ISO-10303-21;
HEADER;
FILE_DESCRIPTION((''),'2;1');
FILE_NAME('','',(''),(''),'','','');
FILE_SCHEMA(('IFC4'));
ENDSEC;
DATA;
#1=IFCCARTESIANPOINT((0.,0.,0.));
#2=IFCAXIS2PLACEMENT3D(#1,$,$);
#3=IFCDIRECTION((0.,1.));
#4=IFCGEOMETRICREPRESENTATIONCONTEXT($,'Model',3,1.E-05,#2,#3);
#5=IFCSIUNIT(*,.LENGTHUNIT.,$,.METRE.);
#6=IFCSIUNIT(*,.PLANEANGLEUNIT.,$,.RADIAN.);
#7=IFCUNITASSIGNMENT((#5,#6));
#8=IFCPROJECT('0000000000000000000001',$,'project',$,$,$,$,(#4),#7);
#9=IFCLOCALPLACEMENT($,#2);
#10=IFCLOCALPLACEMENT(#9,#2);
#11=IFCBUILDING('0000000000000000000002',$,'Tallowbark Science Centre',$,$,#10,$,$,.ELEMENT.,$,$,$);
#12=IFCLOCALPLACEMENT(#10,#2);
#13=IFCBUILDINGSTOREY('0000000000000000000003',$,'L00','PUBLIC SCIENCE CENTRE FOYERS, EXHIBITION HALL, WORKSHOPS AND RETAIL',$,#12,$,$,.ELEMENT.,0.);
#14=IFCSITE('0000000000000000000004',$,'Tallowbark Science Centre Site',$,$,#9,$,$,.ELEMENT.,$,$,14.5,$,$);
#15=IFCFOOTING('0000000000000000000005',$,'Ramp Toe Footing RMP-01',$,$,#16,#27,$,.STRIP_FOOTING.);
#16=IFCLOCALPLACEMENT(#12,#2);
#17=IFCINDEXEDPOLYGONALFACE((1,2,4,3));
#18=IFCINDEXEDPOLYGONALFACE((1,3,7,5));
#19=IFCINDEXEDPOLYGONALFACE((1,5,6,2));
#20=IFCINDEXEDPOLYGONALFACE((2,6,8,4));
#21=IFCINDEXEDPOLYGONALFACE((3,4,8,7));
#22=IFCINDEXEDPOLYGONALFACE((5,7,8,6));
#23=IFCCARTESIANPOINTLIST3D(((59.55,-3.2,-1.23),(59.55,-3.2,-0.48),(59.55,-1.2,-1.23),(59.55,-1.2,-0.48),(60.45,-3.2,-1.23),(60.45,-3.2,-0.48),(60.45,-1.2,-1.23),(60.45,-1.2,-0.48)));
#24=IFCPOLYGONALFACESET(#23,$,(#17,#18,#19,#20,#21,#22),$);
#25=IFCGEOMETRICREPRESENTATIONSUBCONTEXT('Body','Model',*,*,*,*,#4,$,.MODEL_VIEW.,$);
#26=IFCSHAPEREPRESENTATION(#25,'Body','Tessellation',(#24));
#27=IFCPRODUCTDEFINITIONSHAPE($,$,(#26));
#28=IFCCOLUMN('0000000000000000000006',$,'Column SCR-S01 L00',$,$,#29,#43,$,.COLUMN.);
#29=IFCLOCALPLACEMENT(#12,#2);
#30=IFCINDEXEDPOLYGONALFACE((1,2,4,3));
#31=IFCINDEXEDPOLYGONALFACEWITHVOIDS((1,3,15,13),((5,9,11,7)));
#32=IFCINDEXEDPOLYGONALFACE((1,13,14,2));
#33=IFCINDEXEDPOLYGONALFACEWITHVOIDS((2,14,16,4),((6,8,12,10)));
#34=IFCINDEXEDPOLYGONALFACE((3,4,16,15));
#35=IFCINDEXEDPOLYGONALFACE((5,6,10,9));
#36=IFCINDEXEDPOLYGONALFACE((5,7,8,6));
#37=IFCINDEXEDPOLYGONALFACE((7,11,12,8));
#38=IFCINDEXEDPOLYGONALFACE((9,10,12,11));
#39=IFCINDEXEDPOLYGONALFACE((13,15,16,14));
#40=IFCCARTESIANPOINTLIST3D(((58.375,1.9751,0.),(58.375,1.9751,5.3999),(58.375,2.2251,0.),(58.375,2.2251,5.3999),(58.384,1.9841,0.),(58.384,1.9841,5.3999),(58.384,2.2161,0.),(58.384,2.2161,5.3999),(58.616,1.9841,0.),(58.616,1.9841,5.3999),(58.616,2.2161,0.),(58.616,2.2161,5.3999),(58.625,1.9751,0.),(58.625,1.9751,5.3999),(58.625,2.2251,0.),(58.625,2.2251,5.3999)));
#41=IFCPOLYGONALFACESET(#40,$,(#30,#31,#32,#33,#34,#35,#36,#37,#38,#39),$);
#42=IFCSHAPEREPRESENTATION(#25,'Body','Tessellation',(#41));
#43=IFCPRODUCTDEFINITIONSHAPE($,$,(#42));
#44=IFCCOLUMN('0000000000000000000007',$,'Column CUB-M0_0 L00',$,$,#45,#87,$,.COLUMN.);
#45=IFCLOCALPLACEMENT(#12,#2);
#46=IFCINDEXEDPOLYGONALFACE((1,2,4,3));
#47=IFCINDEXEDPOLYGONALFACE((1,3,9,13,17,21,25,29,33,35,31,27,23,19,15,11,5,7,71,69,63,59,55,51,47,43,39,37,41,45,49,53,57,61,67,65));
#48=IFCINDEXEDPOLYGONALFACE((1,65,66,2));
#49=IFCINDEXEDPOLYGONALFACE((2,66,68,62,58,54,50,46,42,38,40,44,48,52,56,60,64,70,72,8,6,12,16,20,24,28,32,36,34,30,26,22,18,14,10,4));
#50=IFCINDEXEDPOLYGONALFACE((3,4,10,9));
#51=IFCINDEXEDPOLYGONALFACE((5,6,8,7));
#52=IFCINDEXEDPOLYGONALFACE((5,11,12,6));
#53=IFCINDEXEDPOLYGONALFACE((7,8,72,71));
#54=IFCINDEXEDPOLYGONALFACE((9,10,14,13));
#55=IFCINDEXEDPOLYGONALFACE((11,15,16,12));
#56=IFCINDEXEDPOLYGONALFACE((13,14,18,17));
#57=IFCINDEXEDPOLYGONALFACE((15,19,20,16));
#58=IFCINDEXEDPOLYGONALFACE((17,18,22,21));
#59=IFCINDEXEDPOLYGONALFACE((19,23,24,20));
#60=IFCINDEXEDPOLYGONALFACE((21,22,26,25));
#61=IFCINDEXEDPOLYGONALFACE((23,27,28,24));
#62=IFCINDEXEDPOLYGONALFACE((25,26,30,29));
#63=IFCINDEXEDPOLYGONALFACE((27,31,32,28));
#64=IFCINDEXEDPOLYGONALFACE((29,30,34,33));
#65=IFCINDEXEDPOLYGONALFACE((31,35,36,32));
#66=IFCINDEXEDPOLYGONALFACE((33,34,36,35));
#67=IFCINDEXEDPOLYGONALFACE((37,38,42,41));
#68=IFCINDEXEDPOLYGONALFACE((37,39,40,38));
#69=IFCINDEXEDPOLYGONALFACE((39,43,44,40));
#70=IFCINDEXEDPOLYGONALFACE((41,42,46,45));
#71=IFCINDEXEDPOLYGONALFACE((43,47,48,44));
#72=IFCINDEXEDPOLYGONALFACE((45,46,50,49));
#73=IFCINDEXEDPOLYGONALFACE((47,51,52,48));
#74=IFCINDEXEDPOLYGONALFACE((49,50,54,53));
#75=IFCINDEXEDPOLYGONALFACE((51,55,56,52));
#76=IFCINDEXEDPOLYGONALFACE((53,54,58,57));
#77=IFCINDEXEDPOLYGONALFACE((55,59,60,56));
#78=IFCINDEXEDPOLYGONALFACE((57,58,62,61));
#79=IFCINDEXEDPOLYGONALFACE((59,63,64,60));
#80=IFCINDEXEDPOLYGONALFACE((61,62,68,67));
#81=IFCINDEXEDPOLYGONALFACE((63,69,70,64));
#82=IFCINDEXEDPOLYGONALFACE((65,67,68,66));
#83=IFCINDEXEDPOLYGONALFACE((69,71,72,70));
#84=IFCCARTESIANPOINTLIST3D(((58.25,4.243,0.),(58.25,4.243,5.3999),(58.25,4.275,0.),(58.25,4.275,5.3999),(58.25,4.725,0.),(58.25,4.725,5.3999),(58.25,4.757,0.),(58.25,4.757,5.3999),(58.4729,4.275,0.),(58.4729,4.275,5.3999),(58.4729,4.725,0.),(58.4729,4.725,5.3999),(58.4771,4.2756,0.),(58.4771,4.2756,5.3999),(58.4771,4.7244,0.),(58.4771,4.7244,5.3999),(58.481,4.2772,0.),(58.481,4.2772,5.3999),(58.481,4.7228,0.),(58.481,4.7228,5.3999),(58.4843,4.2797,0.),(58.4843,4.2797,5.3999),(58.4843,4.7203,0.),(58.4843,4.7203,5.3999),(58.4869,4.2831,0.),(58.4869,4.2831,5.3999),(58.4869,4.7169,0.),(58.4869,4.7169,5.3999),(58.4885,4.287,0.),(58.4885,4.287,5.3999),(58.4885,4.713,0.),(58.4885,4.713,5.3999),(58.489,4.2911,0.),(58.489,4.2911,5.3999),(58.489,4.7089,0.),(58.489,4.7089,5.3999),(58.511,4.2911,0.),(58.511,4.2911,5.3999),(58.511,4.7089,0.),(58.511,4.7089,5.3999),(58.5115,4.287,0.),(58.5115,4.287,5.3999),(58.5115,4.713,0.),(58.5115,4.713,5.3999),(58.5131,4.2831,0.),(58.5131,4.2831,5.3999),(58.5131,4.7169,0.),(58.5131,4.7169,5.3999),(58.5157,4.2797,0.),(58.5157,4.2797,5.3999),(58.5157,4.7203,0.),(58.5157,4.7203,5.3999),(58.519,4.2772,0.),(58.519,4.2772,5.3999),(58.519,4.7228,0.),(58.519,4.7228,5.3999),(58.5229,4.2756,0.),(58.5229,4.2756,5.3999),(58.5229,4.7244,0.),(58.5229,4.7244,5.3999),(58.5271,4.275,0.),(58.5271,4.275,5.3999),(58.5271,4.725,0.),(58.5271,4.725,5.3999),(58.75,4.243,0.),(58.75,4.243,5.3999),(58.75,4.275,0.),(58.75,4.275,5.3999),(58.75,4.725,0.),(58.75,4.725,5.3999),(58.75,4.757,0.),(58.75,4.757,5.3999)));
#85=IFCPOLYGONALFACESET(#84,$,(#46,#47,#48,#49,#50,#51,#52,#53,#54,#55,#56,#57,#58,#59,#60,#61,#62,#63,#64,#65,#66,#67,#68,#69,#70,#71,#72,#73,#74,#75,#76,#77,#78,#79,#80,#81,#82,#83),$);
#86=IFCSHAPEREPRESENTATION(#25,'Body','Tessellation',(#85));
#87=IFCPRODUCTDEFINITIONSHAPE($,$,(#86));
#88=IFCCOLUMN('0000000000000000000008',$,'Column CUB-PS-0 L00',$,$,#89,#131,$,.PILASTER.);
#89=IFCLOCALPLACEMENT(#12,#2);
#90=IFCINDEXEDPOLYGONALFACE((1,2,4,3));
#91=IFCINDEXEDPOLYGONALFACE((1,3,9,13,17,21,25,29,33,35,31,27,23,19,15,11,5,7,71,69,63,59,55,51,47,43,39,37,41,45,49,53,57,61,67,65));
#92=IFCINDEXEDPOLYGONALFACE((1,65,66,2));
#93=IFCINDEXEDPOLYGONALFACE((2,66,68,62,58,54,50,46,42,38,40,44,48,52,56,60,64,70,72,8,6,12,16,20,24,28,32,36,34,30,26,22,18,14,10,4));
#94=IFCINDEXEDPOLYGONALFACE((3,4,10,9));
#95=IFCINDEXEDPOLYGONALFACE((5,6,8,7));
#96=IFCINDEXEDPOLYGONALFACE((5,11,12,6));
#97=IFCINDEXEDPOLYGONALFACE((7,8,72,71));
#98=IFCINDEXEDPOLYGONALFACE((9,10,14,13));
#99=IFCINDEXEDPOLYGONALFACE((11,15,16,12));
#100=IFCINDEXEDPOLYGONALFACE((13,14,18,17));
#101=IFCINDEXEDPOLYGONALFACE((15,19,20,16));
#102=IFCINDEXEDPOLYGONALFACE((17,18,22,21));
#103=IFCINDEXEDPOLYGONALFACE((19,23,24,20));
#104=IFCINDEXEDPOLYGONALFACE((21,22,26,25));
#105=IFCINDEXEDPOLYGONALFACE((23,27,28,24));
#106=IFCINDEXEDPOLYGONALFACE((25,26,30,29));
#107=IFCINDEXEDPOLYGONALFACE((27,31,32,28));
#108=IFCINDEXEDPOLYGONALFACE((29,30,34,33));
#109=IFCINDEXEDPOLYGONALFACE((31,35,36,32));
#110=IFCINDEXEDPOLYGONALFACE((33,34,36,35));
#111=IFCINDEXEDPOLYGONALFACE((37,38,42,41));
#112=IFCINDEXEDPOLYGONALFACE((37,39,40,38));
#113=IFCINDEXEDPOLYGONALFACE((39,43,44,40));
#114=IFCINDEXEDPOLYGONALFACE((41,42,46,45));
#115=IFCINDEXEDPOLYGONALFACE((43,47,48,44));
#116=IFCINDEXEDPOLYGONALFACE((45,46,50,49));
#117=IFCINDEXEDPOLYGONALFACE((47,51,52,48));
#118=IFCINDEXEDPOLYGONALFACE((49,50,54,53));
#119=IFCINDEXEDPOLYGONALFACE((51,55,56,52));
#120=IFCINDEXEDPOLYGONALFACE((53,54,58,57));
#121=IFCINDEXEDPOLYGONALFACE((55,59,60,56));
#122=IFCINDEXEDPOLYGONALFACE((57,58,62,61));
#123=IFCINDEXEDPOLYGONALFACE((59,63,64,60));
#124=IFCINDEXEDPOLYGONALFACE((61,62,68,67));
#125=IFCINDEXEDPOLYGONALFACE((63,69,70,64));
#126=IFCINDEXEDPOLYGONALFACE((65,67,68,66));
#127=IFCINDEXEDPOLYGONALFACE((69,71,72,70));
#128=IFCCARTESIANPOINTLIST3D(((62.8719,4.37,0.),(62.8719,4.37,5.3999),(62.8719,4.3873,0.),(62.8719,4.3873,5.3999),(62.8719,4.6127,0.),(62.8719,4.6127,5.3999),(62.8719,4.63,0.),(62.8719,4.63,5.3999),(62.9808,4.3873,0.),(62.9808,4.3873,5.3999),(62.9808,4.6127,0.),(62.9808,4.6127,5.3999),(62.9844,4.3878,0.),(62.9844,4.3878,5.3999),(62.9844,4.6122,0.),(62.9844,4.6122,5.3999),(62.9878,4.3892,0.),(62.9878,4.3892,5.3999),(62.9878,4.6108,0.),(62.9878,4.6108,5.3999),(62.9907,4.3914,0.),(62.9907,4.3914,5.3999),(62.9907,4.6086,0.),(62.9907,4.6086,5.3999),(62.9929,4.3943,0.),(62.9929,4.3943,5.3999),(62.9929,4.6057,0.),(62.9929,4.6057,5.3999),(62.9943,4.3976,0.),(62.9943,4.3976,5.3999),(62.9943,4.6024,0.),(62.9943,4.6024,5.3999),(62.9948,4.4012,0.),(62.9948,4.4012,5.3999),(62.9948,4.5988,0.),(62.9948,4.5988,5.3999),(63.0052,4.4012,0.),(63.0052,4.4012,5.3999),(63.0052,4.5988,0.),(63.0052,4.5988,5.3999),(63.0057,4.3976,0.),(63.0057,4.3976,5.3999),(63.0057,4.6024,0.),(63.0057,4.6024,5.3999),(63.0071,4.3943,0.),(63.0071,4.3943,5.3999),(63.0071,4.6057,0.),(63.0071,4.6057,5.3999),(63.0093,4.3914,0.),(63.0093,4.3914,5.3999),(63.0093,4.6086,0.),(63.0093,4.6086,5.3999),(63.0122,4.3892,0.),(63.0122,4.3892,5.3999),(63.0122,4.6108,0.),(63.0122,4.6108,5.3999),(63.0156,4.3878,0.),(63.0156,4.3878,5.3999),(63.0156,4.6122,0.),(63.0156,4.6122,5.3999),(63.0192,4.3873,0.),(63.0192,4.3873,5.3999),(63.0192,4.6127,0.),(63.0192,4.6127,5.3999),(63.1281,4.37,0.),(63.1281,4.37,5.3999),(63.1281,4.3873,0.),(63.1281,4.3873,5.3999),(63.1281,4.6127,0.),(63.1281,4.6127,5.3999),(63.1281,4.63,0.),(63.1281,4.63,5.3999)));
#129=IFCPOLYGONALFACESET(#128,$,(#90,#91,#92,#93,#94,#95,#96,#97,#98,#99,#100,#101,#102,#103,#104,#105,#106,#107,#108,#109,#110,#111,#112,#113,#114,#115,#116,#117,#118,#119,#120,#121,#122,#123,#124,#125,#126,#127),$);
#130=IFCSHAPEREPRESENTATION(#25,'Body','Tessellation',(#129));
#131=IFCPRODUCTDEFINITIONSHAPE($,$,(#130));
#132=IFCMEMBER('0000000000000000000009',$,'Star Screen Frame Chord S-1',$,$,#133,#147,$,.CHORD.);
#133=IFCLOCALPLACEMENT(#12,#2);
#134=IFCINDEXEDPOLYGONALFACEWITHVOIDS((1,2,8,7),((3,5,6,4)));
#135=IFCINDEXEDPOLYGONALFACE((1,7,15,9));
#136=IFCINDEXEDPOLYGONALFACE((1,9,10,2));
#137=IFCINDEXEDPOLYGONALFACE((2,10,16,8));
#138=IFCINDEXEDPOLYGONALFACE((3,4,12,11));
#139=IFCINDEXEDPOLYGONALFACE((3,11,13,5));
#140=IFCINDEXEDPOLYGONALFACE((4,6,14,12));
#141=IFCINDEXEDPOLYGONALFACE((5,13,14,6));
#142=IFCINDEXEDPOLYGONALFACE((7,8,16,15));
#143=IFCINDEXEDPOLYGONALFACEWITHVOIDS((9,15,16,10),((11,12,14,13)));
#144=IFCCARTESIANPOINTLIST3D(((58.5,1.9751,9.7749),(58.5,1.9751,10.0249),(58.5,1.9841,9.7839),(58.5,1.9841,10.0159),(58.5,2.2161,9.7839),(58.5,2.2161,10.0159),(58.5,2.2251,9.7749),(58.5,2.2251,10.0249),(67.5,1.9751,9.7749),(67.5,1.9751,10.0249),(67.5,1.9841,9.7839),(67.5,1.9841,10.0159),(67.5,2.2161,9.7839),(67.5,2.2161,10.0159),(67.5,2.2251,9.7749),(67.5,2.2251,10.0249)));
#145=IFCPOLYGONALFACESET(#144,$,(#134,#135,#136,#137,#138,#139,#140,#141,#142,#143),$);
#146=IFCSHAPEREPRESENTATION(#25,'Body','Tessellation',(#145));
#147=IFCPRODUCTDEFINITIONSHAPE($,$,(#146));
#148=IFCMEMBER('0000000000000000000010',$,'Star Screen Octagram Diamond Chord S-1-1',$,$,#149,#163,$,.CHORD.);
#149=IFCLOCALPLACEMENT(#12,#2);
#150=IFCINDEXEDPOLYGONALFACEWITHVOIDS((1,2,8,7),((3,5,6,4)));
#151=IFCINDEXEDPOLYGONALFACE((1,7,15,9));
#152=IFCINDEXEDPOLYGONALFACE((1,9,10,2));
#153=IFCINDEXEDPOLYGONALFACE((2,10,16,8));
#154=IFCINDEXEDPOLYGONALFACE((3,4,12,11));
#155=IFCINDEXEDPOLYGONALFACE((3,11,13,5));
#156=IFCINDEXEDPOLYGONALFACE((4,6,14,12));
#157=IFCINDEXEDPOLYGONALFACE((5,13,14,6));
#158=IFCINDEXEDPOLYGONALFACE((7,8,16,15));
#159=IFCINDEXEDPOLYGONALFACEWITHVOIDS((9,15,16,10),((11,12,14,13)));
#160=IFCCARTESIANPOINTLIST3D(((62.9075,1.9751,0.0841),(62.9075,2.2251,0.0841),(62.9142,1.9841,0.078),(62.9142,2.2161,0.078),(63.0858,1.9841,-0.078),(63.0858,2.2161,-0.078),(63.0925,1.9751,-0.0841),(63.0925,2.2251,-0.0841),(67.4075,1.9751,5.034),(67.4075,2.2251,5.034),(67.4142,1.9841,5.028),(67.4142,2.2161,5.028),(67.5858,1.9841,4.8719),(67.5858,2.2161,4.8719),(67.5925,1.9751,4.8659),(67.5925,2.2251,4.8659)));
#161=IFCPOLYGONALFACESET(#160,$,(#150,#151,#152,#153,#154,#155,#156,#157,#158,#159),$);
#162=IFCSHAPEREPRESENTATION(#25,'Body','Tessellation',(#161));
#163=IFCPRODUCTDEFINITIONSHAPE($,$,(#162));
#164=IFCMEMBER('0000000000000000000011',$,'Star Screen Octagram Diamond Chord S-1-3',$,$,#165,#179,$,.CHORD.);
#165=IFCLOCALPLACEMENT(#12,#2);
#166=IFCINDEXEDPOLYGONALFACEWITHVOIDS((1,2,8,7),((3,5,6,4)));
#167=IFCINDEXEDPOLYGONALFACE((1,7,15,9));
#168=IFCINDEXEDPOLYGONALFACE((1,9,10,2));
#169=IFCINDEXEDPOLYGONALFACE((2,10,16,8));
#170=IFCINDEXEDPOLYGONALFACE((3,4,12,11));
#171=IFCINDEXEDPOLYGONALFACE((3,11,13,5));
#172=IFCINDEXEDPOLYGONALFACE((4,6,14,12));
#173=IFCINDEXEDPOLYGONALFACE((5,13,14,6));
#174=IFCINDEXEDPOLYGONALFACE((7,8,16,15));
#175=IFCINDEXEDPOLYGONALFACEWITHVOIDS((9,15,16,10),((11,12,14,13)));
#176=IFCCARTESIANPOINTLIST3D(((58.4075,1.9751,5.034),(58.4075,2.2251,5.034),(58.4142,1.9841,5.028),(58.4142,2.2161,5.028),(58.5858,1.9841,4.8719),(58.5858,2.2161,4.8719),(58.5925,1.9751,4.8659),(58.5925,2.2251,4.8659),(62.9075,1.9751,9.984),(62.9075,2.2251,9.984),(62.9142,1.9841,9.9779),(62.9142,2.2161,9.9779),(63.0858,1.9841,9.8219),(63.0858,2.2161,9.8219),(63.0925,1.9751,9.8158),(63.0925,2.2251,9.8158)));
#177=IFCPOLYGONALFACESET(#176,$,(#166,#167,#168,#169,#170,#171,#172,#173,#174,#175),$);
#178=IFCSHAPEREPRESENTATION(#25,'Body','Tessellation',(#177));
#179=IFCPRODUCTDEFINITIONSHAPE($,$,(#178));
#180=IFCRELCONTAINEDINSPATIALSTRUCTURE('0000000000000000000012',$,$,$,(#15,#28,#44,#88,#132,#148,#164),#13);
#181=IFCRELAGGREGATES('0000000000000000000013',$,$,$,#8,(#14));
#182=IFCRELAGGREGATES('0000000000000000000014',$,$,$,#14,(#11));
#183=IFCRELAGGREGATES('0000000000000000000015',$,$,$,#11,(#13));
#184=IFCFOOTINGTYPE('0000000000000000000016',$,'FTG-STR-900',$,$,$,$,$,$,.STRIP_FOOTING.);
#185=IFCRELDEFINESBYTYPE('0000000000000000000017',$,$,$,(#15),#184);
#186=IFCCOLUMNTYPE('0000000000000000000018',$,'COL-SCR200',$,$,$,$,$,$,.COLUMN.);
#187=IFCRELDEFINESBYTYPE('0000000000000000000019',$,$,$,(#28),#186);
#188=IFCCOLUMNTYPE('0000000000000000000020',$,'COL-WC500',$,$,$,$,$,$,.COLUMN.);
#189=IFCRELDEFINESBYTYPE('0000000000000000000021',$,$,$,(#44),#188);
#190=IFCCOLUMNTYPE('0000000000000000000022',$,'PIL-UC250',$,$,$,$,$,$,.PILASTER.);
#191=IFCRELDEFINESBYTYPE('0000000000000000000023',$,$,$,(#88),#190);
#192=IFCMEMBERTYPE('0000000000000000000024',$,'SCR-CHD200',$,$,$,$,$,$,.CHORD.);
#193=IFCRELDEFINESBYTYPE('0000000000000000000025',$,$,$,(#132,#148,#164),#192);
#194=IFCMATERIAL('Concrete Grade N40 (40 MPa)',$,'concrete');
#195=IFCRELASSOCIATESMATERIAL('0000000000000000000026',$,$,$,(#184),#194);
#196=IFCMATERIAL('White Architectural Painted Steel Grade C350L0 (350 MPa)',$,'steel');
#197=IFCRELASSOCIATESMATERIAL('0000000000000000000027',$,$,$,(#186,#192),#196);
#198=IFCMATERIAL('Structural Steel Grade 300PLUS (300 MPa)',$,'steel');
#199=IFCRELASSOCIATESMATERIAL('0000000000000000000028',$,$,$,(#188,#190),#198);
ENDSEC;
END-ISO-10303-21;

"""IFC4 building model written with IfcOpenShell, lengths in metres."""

from ifc_helpers import new_model, si_unit, direction, frame, origin, origin_2d, place, context, subcontext, project, spatial, rectangle, hollow_rectangle, i_section, extrude, material, material_profile, profile_set, type_object, element, save


model = new_model("IFC4")

# Units and contexts
model_context = context("Model", 3, precision=1e-05, world=origin(), true_north=direction((0.0, 1.0)))
body_context = subcontext(model_context, "Body", "Model", "MODEL_VIEW")
ifc_project = project(units=[si_unit("LENGTHUNIT", "METRE"), si_unit("PLANEANGLEUNIT", "RADIAN")], contexts=[model_context])

# Site, building, storey
site_placement = place(None, origin())
site = spatial("IfcSite", under=ifc_project, at=site_placement, Name="Tallowbark Science Centre Site", CompositionType="ELEMENT", RefElevation=14.5)
building_placement = place(site_placement, origin())
building = spatial("IfcBuilding", under=site, at=building_placement, Name="Tallowbark Science Centre", CompositionType="ELEMENT")
storey_placement = place(building_placement, origin())
storey = spatial("IfcBuildingStorey", under=building, at=storey_placement, Name="L00", Description="PUBLIC SCIENCE CENTRE FOYERS, EXHIBITION HALL, WORKSHOPS AND RETAIL", CompositionType="ELEMENT", Elevation=0.0)

# Footing
ifc_material_1 = material(Name="Concrete Grade N40 (40 MPa)", Category="concrete")
footing_type = type_object("IfcFootingType", Name="FTG-STR-900", PredefinedType="STRIP_FOOTING", material=ifc_material_1)
footing_placement = place(storey_placement, frame((60.0, -2.2, -1.23), z_axis=(0.0, 0.0, 1.0), x_axis=(0.0, 1.0, 0.0)))
element("IfcFooting", 1, at=footing_placement, inside=storey, type_object=footing_type, Name="Ramp Toe Footing RMP-01", PredefinedType="STRIP_FOOTING", context=body_context, shape_type="SweptSolid", body=[
    extrude(rectangle(XDim=2.0, YDim=0.8999, at=origin_2d()), origin(), (0.0, 0.0, 1.0), 0.75),
])

# Columns
ifc_material_2 = material(Name="White Architectural Painted Steel Grade C350L0 (350 MPa)", Category="steel")
ifc_material_profile_1 = material_profile(ifc_material_2, hollow_rectangle(XDim=0.25, YDim=0.25, WallThickness=0.009, at=origin_2d()), Name="250x250x9.0SHS")
ifc_profile_set_1 = profile_set([ifc_material_profile_1], Name="White Architectural Painted Steel Grade C350L0 (350 MPa)")
column_type_1 = type_object("IfcColumnType", Name="COL-SCR200", PredefinedType="COLUMN", material=ifc_profile_set_1)
column_1_placement = place(storey_placement, frame((58.5, 2.1001, 0.0), z_axis=(0.0, 0.0, 1.0), x_axis=(1.0, 0.0, 0.0)))
element("IfcColumn", 2, at=column_1_placement, inside=storey, type_object=column_type_1, Name="Column SCR-S01 L00", PredefinedType="COLUMN", context=body_context, shape_type="SweptSolid", body=[
    extrude(hollow_rectangle(XDim=0.25, YDim=0.25, WallThickness=0.009, at=origin_2d()), origin(), (0.0, 0.0, 1.0), 5.3999),
])
ifc_material_3 = material(Name="Structural Steel Grade 300PLUS (300 MPa)", Category="steel")
ifc_material_profile_2 = material_profile(ifc_material_3, i_section(OverallWidth=0.5, OverallDepth=0.5139, WebThickness=0.022, FlangeThickness=0.032, FilletRadius=0.0161, at=origin_2d()), Name="500WC340")
ifc_profile_set_2 = profile_set([ifc_material_profile_2], Name="Structural Steel Grade 300PLUS (300 MPa)")
column_type_2 = type_object("IfcColumnType", Name="COL-WC500", PredefinedType="COLUMN", material=ifc_profile_set_2)
column_2_placement = place(storey_placement, frame((58.5, 4.5, 0.0), z_axis=(0.0, 0.0, 1.0), x_axis=(1.0, 0.0, 0.0)))
element("IfcColumn", 3, at=column_2_placement, inside=storey, type_object=column_type_2, Name="Column CUB-M0_0 L00", PredefinedType="COLUMN", context=body_context, shape_type="SweptSolid", body=[
    extrude(i_section(OverallWidth=0.5, OverallDepth=0.5139, WebThickness=0.022, FlangeThickness=0.032, FilletRadius=0.0161, at=origin_2d()), origin(), (0.0, 0.0, 1.0), 5.3999),
])
ifc_material_profile_3 = material_profile(ifc_material_3, i_section(OverallWidth=0.2561, OverallDepth=0.26, WebThickness=0.0105, FlangeThickness=0.0173, FilletRadius=0.0139, at=origin_2d()), Name="250UC89.5")
ifc_profile_set_3 = profile_set([ifc_material_profile_3], Name="Structural Steel Grade 300PLUS (300 MPa)")
column_type_3 = type_object("IfcColumnType", Name="PIL-UC250", PredefinedType="PILASTER", material=ifc_profile_set_3)
column_3_placement = place(storey_placement, frame((63.0, 4.5, 0.0), z_axis=(0.0, 0.0, 1.0), x_axis=(1.0, 0.0, 0.0)))
element("IfcColumn", 4, at=column_3_placement, inside=storey, type_object=column_type_3, Name="Column CUB-PS-0 L00", PredefinedType="PILASTER", context=body_context, shape_type="SweptSolid", body=[
    extrude(i_section(OverallWidth=0.2561, OverallDepth=0.26, WebThickness=0.0105, FlangeThickness=0.0173, FilletRadius=0.0139, at=origin_2d()), origin(), (0.0, 0.0, 1.0), 5.3999),
])

# Members
ifc_material_profile_4 = material_profile(ifc_material_2, hollow_rectangle(XDim=0.25, YDim=0.25, WallThickness=0.009, at=origin_2d()), Name="250x250x9.0SHS")
ifc_profile_set_4 = profile_set([ifc_material_profile_4], Name="White Architectural Painted Steel Grade C350L0 (350 MPa)")
member_type_1 = type_object("IfcMemberType", Name="SCR-CHD200", PredefinedType="CHORD", material=ifc_profile_set_4)
member_1_placement = place(storey_placement, frame((58.5, 2.1001, 9.8999), z_axis=(1.0, 0.0, 0.0), x_axis=(0.0, 1.0, 0.0)))
element("IfcMember", 5, at=member_1_placement, inside=storey, type_object=member_type_1, Name="Star Screen Frame Chord S-1", PredefinedType="CHORD", context=body_context, shape_type="SweptSolid", body=[
    extrude(hollow_rectangle(XDim=0.25, YDim=0.25, WallThickness=0.009, at=origin_2d()), origin(), (0.0, 0.0, 1.0), 9.0),
])
for number, where, z_axis, x_axis, name in (
    (6, (63.0, 2.1001, 0.0), (0.672676, 0.0, 0.739937), (0.0, 1.0, 0.0), "Star Screen Octagram Diamond Chord S-1-1"),
    (7, (63.0, 2.1001, 9.8999), (-0.672676, 0.0, -0.739937), (0.0, -1.0, 0.0), "Star Screen Octagram Diamond Chord S-1-3"),
):
    element("IfcMember", number, at=place(storey_placement, frame(where, z_axis=z_axis, x_axis=x_axis)), inside=storey, type_object=member_type_1, Name=name, PredefinedType="CHORD", context=body_context, shape_type="SweptSolid", body=[
        extrude(hollow_rectangle(XDim=0.25, YDim=0.25, WallThickness=0.009, at=origin_2d()), origin(), (0.0, 0.0, 1.0), 6.6897),
    ])

save(model, "model.ifc")
